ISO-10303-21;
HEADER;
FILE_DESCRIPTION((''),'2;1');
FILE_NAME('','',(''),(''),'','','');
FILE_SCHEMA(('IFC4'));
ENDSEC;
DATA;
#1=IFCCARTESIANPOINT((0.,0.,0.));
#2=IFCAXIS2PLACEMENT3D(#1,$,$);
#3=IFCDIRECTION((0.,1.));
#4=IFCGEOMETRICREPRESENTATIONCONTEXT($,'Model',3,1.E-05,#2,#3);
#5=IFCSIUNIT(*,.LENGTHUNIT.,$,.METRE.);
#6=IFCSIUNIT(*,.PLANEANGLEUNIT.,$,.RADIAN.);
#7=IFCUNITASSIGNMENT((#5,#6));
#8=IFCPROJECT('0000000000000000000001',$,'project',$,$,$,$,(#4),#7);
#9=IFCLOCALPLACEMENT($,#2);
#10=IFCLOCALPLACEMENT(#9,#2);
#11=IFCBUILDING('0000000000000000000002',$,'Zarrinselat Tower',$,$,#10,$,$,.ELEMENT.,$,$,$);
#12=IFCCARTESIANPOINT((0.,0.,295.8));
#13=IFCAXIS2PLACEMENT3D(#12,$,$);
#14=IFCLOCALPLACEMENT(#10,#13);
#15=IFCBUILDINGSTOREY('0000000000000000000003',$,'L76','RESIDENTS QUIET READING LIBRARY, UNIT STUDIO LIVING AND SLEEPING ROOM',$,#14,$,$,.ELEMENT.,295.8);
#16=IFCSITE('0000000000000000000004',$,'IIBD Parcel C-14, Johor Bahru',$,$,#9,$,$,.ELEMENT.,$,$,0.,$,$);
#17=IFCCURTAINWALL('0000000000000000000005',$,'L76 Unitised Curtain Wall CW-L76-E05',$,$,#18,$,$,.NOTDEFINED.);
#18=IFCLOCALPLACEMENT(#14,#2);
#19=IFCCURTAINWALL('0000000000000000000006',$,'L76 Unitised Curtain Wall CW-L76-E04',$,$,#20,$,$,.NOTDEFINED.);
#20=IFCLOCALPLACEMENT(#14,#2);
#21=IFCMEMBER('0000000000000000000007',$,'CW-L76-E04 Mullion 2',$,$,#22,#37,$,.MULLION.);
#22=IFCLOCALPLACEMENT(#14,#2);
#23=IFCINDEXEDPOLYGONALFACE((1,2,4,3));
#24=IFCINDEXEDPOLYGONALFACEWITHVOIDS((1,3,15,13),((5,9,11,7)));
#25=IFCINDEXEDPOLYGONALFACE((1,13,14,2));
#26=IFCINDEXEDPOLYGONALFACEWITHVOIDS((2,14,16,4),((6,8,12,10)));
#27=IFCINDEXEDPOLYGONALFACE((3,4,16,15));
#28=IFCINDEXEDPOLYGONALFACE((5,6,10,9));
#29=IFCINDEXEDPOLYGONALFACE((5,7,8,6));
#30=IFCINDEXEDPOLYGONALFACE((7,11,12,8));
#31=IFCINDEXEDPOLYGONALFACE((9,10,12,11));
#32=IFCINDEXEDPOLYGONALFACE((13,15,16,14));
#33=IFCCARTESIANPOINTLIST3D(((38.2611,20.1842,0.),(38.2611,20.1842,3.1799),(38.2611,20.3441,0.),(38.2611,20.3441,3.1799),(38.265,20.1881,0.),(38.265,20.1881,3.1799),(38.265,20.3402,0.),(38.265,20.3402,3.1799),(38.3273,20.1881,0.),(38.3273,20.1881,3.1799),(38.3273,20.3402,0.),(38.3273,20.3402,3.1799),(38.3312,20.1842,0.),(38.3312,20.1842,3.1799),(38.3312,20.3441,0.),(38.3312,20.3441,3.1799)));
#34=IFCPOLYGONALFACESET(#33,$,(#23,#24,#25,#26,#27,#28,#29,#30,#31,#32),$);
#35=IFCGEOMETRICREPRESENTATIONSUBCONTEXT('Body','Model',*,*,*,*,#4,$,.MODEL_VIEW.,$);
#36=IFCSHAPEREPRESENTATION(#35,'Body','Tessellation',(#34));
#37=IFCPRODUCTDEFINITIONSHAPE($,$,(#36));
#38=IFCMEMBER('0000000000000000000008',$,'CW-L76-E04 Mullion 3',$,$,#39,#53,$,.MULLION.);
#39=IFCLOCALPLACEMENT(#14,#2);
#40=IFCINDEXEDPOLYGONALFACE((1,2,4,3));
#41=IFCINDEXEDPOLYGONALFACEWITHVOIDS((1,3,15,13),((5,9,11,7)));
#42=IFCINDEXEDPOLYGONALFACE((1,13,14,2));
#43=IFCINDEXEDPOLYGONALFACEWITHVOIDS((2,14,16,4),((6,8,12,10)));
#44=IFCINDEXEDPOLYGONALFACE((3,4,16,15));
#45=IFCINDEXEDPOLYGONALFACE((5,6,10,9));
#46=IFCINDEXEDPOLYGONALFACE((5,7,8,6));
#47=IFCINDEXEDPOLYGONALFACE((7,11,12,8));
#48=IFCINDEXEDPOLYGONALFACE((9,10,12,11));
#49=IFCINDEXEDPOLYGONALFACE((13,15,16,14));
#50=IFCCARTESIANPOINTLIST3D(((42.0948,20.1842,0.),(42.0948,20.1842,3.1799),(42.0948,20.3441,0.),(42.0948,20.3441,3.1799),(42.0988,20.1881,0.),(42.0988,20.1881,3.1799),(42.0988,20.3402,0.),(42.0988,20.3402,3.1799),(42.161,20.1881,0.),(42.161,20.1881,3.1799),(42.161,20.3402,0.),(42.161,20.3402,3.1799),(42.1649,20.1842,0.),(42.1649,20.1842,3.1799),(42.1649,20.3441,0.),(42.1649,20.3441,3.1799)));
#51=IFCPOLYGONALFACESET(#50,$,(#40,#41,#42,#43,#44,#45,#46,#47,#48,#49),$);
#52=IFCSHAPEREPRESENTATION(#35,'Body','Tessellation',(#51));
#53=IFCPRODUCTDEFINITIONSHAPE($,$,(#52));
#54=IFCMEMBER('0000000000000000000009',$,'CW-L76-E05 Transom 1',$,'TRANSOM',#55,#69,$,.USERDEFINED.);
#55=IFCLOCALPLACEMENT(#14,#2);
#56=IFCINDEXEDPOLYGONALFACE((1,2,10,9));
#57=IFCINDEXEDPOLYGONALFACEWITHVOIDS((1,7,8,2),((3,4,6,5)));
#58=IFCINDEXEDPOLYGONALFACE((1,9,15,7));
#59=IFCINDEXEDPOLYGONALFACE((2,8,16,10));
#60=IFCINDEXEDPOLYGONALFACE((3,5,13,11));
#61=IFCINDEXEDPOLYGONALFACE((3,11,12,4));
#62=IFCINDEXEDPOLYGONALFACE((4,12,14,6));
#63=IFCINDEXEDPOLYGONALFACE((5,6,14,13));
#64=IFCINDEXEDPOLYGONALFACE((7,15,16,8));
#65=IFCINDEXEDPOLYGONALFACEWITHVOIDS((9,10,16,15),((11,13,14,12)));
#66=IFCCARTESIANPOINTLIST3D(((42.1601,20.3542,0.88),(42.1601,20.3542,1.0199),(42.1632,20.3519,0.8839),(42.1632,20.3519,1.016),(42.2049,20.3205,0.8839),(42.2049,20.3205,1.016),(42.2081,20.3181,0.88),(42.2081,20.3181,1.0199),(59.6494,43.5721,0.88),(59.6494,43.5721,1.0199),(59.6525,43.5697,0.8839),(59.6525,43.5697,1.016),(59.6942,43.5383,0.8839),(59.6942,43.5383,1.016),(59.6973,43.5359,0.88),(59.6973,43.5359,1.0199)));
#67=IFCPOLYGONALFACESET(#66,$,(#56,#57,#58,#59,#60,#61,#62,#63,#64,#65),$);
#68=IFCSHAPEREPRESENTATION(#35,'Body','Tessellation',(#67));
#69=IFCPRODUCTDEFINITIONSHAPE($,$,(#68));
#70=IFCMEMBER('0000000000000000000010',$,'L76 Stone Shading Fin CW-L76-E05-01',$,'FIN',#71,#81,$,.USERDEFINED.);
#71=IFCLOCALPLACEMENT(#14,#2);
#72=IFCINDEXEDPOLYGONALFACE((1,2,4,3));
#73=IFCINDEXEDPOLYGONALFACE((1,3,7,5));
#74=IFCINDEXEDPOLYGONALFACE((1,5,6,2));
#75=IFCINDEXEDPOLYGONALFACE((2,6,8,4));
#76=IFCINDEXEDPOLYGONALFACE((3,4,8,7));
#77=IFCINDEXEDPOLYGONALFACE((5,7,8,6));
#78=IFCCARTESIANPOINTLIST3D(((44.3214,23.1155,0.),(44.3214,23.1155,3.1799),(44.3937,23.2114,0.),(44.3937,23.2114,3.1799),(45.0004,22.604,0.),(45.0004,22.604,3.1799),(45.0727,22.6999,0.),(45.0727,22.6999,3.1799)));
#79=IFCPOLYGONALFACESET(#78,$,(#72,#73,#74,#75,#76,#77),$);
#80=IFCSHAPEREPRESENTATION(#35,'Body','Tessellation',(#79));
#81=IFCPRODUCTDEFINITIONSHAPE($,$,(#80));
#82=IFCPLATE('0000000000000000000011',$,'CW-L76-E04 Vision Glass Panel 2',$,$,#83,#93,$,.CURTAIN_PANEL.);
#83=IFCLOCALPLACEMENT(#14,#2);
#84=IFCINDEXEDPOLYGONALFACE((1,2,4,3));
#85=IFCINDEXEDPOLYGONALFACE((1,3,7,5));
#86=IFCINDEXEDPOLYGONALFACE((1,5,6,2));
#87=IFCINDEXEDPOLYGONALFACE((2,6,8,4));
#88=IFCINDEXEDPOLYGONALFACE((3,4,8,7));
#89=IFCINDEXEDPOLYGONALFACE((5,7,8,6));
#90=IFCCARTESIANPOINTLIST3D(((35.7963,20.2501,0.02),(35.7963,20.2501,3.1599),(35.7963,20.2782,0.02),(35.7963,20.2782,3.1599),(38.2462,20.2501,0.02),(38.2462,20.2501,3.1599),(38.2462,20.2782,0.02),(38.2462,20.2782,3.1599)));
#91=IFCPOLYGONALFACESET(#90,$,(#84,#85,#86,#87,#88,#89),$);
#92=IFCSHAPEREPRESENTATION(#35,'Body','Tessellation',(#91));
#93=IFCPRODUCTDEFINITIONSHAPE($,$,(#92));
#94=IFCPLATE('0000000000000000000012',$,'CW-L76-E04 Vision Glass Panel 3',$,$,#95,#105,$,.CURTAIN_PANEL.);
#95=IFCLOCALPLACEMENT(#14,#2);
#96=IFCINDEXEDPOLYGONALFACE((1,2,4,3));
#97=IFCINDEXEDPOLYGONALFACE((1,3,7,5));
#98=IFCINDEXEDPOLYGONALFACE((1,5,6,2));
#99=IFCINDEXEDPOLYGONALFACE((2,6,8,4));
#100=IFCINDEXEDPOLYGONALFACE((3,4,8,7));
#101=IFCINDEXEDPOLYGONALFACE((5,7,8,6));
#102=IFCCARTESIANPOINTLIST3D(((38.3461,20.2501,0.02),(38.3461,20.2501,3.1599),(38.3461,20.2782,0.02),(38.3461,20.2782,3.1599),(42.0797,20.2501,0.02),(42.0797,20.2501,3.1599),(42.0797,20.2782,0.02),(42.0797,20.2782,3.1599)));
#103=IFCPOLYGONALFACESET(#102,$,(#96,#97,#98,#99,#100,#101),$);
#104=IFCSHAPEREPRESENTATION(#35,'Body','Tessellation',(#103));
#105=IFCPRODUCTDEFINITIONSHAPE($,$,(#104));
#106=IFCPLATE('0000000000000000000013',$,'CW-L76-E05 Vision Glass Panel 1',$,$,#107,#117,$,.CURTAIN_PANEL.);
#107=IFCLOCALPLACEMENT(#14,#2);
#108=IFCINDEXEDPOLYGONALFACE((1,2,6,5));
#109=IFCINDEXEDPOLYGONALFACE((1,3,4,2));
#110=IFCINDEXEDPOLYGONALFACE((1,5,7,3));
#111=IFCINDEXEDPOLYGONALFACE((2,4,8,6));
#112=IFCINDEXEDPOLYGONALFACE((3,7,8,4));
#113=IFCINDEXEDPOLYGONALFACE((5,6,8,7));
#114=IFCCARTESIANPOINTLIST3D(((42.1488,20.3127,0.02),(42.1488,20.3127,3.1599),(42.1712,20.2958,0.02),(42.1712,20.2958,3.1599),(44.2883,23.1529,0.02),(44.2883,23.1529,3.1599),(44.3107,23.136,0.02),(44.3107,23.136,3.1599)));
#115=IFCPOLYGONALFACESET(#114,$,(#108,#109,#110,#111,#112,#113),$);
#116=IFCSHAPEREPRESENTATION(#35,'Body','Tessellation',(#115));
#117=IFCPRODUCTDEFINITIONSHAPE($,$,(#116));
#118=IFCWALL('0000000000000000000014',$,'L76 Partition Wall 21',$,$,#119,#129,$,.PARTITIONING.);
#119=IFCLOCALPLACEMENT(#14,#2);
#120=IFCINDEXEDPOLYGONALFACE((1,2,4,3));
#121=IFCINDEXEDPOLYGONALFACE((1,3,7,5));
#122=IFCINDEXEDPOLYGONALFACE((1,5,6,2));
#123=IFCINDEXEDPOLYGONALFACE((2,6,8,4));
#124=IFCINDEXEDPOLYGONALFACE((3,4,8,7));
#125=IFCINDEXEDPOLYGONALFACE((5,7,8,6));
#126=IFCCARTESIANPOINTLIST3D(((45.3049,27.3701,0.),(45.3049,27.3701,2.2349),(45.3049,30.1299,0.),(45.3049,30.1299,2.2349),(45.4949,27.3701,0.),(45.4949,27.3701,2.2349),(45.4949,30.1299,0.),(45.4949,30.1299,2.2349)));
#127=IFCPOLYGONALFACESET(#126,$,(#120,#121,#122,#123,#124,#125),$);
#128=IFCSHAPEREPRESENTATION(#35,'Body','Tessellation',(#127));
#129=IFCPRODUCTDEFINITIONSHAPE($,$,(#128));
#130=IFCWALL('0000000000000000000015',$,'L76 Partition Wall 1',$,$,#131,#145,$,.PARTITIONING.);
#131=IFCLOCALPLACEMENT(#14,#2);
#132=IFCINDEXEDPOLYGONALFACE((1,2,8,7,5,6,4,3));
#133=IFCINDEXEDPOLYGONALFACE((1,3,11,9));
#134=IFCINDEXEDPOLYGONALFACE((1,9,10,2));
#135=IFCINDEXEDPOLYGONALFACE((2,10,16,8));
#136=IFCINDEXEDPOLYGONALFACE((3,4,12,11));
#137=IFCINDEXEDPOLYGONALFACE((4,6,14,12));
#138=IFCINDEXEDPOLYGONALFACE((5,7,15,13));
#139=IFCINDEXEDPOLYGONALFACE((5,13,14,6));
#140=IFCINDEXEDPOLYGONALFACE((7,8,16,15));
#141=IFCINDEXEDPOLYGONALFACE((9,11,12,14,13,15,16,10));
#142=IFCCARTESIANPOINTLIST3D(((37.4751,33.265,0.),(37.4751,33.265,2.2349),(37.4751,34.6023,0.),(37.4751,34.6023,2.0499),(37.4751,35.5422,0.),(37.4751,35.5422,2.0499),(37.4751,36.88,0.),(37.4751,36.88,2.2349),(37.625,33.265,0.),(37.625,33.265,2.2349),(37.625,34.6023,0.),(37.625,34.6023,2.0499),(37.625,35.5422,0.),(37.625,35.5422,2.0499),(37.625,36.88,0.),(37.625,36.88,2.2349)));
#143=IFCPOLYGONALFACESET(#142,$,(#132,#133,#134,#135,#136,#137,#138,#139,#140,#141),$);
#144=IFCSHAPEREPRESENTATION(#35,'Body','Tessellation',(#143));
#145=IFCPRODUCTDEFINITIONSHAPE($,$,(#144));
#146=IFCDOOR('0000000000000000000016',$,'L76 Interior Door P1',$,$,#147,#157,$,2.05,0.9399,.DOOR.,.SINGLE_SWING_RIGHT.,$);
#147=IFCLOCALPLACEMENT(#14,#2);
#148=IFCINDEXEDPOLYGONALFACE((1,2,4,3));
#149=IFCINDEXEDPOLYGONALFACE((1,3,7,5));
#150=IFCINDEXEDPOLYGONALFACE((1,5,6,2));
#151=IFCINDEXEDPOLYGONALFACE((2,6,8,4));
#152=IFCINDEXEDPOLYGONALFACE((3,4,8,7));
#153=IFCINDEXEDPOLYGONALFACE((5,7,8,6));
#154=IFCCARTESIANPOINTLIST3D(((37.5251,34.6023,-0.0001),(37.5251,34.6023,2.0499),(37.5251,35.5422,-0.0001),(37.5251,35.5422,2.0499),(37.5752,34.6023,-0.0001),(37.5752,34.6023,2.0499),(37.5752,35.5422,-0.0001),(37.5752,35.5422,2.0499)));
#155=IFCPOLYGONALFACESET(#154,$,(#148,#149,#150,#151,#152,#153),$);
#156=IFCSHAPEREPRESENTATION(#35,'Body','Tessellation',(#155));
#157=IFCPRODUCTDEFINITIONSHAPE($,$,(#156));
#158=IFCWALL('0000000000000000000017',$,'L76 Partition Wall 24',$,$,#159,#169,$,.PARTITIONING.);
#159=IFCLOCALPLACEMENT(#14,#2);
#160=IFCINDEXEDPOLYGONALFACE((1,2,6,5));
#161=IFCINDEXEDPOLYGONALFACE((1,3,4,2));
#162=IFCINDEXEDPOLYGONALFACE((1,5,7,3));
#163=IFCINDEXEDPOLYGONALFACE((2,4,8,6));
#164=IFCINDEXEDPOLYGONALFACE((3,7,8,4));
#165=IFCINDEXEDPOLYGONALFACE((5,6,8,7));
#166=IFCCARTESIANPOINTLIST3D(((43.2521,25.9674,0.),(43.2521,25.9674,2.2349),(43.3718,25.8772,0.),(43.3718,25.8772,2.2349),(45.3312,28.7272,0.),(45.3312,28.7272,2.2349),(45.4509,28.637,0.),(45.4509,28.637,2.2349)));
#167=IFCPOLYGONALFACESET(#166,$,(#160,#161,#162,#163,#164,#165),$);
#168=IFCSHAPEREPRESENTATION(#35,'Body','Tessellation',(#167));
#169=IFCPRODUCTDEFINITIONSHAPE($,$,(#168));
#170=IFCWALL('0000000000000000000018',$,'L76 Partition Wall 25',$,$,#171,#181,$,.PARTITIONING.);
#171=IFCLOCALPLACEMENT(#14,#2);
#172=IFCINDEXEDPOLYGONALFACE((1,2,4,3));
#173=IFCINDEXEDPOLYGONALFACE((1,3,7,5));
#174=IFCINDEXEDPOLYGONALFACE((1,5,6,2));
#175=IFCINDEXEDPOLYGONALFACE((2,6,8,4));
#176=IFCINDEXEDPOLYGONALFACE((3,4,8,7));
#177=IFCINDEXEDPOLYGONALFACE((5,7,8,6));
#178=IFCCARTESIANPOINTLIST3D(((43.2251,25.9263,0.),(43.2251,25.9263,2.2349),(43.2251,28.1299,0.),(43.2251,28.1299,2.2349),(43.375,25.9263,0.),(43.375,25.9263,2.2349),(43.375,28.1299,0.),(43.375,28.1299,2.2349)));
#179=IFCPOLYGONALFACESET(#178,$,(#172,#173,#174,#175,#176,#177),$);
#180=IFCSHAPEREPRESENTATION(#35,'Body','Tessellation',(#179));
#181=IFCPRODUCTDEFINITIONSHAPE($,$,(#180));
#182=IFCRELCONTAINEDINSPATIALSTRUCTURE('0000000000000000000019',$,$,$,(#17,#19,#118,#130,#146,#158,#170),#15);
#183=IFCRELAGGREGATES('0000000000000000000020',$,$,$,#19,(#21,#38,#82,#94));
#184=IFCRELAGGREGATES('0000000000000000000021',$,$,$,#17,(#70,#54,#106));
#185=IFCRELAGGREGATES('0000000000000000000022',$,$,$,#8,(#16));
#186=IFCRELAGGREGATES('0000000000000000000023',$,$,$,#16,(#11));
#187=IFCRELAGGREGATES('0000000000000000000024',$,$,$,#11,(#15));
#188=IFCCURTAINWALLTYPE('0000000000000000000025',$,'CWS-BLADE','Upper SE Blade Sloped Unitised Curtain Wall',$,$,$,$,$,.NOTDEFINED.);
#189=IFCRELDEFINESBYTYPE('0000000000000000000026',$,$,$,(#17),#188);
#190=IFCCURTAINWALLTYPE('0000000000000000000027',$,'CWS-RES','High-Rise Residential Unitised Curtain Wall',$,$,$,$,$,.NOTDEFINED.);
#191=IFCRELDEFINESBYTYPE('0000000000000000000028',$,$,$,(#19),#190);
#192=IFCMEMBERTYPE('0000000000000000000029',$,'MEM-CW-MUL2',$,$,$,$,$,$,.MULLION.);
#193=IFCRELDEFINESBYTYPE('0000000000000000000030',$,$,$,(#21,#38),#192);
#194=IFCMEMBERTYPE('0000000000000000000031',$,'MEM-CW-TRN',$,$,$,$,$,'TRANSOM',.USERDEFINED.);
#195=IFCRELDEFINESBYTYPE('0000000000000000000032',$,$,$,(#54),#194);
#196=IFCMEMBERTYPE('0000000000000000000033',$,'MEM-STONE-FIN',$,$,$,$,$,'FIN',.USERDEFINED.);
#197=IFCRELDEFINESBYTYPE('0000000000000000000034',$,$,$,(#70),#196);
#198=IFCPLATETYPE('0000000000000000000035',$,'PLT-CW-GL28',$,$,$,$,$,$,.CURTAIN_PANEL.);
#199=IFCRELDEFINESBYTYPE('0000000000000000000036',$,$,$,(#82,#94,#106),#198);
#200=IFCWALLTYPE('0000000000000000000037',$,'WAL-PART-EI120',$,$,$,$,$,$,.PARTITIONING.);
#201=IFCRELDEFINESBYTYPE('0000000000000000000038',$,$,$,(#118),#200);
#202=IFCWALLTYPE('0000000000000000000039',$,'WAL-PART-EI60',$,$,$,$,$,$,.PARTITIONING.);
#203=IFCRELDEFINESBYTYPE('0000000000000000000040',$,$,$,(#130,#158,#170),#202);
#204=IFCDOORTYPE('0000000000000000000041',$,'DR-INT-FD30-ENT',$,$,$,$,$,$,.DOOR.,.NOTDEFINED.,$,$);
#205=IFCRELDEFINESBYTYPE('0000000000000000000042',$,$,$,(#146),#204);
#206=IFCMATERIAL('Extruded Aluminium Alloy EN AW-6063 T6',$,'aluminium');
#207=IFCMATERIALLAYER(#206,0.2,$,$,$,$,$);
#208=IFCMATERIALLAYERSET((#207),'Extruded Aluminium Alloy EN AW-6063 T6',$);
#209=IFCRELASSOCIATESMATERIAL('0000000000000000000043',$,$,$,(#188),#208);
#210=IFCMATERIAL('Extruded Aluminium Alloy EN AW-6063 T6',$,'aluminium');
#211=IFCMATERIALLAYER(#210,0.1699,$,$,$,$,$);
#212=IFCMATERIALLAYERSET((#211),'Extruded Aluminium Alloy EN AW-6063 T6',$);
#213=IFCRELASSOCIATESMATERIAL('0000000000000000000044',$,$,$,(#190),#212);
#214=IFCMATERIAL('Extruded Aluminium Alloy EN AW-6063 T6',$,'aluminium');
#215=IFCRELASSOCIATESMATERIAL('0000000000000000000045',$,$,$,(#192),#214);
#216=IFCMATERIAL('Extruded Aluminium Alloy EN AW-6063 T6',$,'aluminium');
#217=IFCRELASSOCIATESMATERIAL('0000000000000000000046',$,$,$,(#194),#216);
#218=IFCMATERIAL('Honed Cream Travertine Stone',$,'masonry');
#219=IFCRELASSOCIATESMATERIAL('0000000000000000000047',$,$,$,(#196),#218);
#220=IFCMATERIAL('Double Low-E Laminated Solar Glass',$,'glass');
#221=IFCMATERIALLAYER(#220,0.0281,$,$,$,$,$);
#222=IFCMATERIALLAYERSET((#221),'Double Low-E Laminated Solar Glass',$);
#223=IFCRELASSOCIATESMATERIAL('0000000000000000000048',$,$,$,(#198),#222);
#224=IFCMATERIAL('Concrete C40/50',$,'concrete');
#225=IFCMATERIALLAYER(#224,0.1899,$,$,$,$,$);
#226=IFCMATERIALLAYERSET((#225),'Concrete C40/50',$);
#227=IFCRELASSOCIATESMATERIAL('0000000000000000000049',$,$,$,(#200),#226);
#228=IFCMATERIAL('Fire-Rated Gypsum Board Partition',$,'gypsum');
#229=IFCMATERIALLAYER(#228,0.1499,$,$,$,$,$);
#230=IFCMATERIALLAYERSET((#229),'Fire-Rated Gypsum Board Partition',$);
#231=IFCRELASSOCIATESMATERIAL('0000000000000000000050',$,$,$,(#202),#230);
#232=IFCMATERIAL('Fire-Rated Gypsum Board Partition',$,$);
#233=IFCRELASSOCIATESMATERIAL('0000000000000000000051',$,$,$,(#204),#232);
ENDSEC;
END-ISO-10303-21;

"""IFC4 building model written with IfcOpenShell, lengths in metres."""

from ifc_helpers import new_model, si_unit, direction, frame, frame_2d, origin, origin_2d, place, context, subcontext, project, spatial, rectangle, hollow_rectangle, extrude, material, layer, layer_set, material_profile, profile_set, type_object, element, fill, aggregate, save


model = new_model("IFC4")

# Units and contexts
model_context = context("Model", 3, precision=1e-05, world=origin(), true_north=direction((0.0, 1.0)))
body_context = subcontext(model_context, "Body", "Model", "MODEL_VIEW")
ifc_project = project(units=[si_unit("LENGTHUNIT", "METRE"), si_unit("PLANEANGLEUNIT", "RADIAN")], contexts=[model_context])

# Site, building, storey
site_placement = place(None, origin())
site = spatial("IfcSite", under=ifc_project, at=site_placement, Name="IIBD Parcel C-14, Johor Bahru", CompositionType="ELEMENT", RefElevation=0.0)
building_placement = place(site_placement, origin())
building = spatial("IfcBuilding", under=site, at=building_placement, Name="Zarrinselat Tower", CompositionType="ELEMENT")
storey_placement = place(building_placement, frame((0.0, 0.0, 295.8)))
storey = spatial("IfcBuildingStorey", under=building, at=storey_placement, Name="L76", Description="RESIDENTS QUIET READING LIBRARY, UNIT STUDIO LIVING AND SLEEPING ROOM", CompositionType="ELEMENT", Elevation=295.8)

# Curtain wall
ifc_material_1 = material(Name="Extruded Aluminium Alloy EN AW-6063 T6", Category="aluminium")
ifc_layer_1 = layer(ifc_material_1, 0.2)
ifc_layer_set_1 = layer_set([ifc_layer_1], Name="Extruded Aluminium Alloy EN AW-6063 T6")
curtain_wall_type_1 = type_object("IfcCurtainWallType", Name="CWS-BLADE", Description="Upper SE Blade Sloped Unitised Curtain Wall", PredefinedType="NOTDEFINED", material=ifc_layer_set_1)
curtain_wall_1_placement = place(storey_placement, origin())
curtain_wall_1 = element("IfcCurtainWall", 1, at=curtain_wall_1_placement, inside=storey, type_object=curtain_wall_type_1, Name="L76 Unitised Curtain Wall CW-L76-E05", PredefinedType="NOTDEFINED")

# Curtain wall, members
ifc_material_2 = material(Name="Extruded Aluminium Alloy EN AW-6063 T6", Category="aluminium")
ifc_layer_2 = layer(ifc_material_2, 0.1699)
ifc_layer_set_2 = layer_set([ifc_layer_2], Name="Extruded Aluminium Alloy EN AW-6063 T6")
curtain_wall_type_2 = type_object("IfcCurtainWallType", Name="CWS-RES", Description="High-Rise Residential Unitised Curtain Wall", PredefinedType="NOTDEFINED", material=ifc_layer_set_2)
curtain_wall_2_placement = place(storey_placement, origin())
curtain_wall_2 = element("IfcCurtainWall", 2, at=curtain_wall_2_placement, inside=storey, type_object=curtain_wall_type_2, Name="L76 Unitised Curtain Wall CW-L76-E04", PredefinedType="NOTDEFINED")
ifc_material_3 = material(Name="Extruded Aluminium Alloy EN AW-6063 T6", Category="aluminium")
ifc_material_profile_1 = material_profile(ifc_material_3, hollow_rectangle(XDim=0.0701, YDim=0.1599, WallThickness=0.0039, at=origin_2d()), Name="RHS 160x70x4")
ifc_profile_set_1 = profile_set([ifc_material_profile_1], Name="Extruded Aluminium Alloy EN AW-6063 T6")
member_type_1 = type_object("IfcMemberType", Name="MEM-CW-MUL2", PredefinedType="MULLION", material=ifc_profile_set_1)
member_1_placement = place(storey_placement, frame((38.2961, 20.2642, 0.0), z_axis=(0.0, 0.0, 1.0), x_axis=(1.0, 0.0, 0.0)))
member_1 = element("IfcMember", 3, at=member_1_placement, type_object=member_type_1, Name="CW-L76-E04 Mullion 2", PredefinedType="MULLION", context=body_context, shape_type="SweptSolid", body=[
    extrude(hollow_rectangle(XDim=0.0701, YDim=0.1599, WallThickness=0.0039, at=origin_2d()), origin(), (0.0, 0.0, 1.0), 3.1799),
])
member_2_placement = place(storey_placement, frame((42.1299, 20.2642, 0.0), z_axis=(0.0, 0.0, 1.0), x_axis=(1.0, 0.0, 0.0)))
member_2 = element("IfcMember", 4, at=member_2_placement, type_object=member_type_1, Name="CW-L76-E04 Mullion 3", PredefinedType="MULLION", context=body_context, shape_type="SweptSolid", body=[
    extrude(hollow_rectangle(XDim=0.0701, YDim=0.1599, WallThickness=0.0039, at=origin_2d()), origin(), (0.0, 0.0, 1.0), 3.1799),
])

# Members
ifc_material_4 = material(Name="Extruded Aluminium Alloy EN AW-6063 T6", Category="aluminium")
ifc_material_profile_2 = material_profile(ifc_material_4, hollow_rectangle(XDim=0.0601, YDim=0.1399, WallThickness=0.0039, at=origin_2d()), Name="RHS 140x60x4")
ifc_profile_set_2 = profile_set([ifc_material_profile_2], Name="Extruded Aluminium Alloy EN AW-6063 T6")
member_type_2 = type_object("IfcMemberType", Name="MEM-CW-TRN", ElementType="TRANSOM", PredefinedType="USERDEFINED", material=ifc_profile_set_2)
member_3_placement = place(storey_placement, frame((42.1841, 20.3362, 0.95), z_axis=(0.60167, 0.798744, 0.0), x_axis=(-0.798744, 0.60167, 0.0)))
member_3 = element("IfcMember", 5, at=member_3_placement, type_object=member_type_2, Name="CW-L76-E05 Transom 1", ObjectType="TRANSOM", PredefinedType="USERDEFINED", context=body_context, shape_type="SweptSolid", body=[
    extrude(hollow_rectangle(XDim=0.0601, YDim=0.1399, WallThickness=0.0039, at=origin_2d()), origin(), (0.0, 0.0, 1.0), 29.0679),
])
ifc_material_5 = material(Name="Honed Cream Travertine Stone", Category="masonry")
ifc_material_profile_3 = material_profile(ifc_material_5, rectangle(XDim=0.1201, YDim=0.8501, at=origin_2d()), Name="FIN 850x120")
ifc_profile_set_3 = profile_set([ifc_material_profile_3], Name="Honed Cream Travertine Stone")
member_type_3 = type_object("IfcMemberType", Name="MEM-STONE-FIN", ElementType="FIN", PredefinedType="USERDEFINED", material=ifc_profile_set_3)
member_4_placement = place(storey_placement, frame((44.697, 22.9077, 0.0), z_axis=(0.0, 0.0, 1.0), x_axis=(-0.601673, -0.798743, 0.0)))
member_4 = element("IfcMember", 6, at=member_4_placement, type_object=member_type_3, Name="L76 Stone Shading Fin CW-L76-E05-01", ObjectType="FIN", PredefinedType="USERDEFINED", context=body_context, shape_type="SweptSolid", body=[
    extrude(rectangle(XDim=0.1201, YDim=0.8501, at=origin_2d()), origin(), (0.0, 0.0, 1.0), 3.1799),
])

# Plates
ifc_material_6 = material(Name="Double Low-E Laminated Solar Glass", Category="glass")
ifc_layer_3 = layer(ifc_material_6, 0.0281)
ifc_layer_set_3 = layer_set([ifc_layer_3], Name="Double Low-E Laminated Solar Glass")
plate_type = type_object("IfcPlateType", Name="PLT-CW-GL28", PredefinedType="CURTAIN_PANEL", material=ifc_layer_set_3)
plate_1_placement = place(storey_placement, frame((37.0212, 20.2642, 0.02), z_axis=(0.0, 0.0, 1.0), x_axis=(1.0, 0.0, 0.0)))
plate_1 = element("IfcPlate", 7, at=plate_1_placement, type_object=plate_type, Name="CW-L76-E04 Vision Glass Panel 2", PredefinedType="CURTAIN_PANEL", context=body_context, shape_type="SweptSolid", body=[
    extrude(rectangle(XDim=2.45, YDim=0.0281, at=origin_2d()), origin(), (0.0, 0.0, 1.0), 3.1399),
])
plate_2_placement = place(storey_placement, frame((40.2129, 20.2642, 0.02), z_axis=(0.0, 0.0, 1.0), x_axis=(1.0, 0.0, 0.0)))
plate_2 = element("IfcPlate", 8, at=plate_2_placement, type_object=plate_type, Name="CW-L76-E04 Vision Glass Panel 3", PredefinedType="CURTAIN_PANEL", context=body_context, shape_type="SweptSolid", body=[
    extrude(rectangle(XDim=3.7336, YDim=0.0281, at=origin_2d()), origin(), (0.0, 0.0, 1.0), 3.1399),
])
aggregate(curtain_wall_2, [member_1, member_2, plate_1, plate_2])
plate_3_placement = place(storey_placement, frame((43.2297, 21.7244, 0.02), z_axis=(0.0, 0.0, 1.0), x_axis=(0.601673, 0.798743, 0.0)))
plate_3 = element("IfcPlate", 9, at=plate_3_placement, type_object=plate_type, Name="CW-L76-E05 Vision Glass Panel 1", PredefinedType="CURTAIN_PANEL", context=body_context, shape_type="SweptSolid", body=[
    extrude(rectangle(XDim=3.5559, YDim=0.0281, at=origin_2d()), origin(), (0.0, 0.0, 1.0), 3.1399),
])
aggregate(curtain_wall_1, [member_4, member_3, plate_3])

# Wall
ifc_material_7 = material(Name="Concrete C40/50", Category="concrete")
ifc_layer_4 = layer(ifc_material_7, 0.1899)
ifc_layer_set_4 = layer_set([ifc_layer_4], Name="Concrete C40/50")
wall_type_1 = type_object("IfcWallType", Name="WAL-PART-EI120", PredefinedType="PARTITIONING", material=ifc_layer_set_4)
wall_1_placement = place(storey_placement, frame((45.3999, 27.3701, 0.0), z_axis=(0.0, 0.0, 1.0), x_axis=(0.0, 1.0, 0.0)))
element("IfcWall", 10, at=wall_1_placement, inside=storey, type_object=wall_type_1, Name="L76 Partition Wall 21", PredefinedType="PARTITIONING", context=body_context, shape_type="SweptSolid", body=[
    extrude(rectangle(XDim=2.7598, YDim=0.1899, at=frame_2d((1.3799, 0.0))), origin(), (0.0, 0.0, 1.0), 2.2349),
])

# Wall, opening, door
ifc_material_8 = material(Name="Fire-Rated Gypsum Board Partition", Category="gypsum")
ifc_layer_5 = layer(ifc_material_8, 0.1499)
ifc_layer_set_5 = layer_set([ifc_layer_5], Name="Fire-Rated Gypsum Board Partition")
wall_type_2 = type_object("IfcWallType", Name="WAL-PART-EI60", PredefinedType="PARTITIONING", material=ifc_layer_set_5)
wall_2_placement = place(storey_placement, frame((37.55, 33.2649, 0.0), z_axis=(0.0, 0.0, 1.0), x_axis=(0.0, 1.0, 0.0)))
wall_2 = element("IfcWall", 11, at=wall_2_placement, inside=storey, type_object=wall_type_2, Name="L76 Partition Wall 1", PredefinedType="PARTITIONING", context=body_context, shape_type="SweptSolid", body=[
    extrude(rectangle(XDim=3.615, YDim=0.1499, at=frame_2d((1.8076, 0.0))), origin(), (0.0, 0.0, 1.0), 2.2349),
])
opening_placement = place(wall_2_placement, frame((1.3374, 0.0, 0.0)))
opening = element("IfcOpeningElement", 12, at=opening_placement, cuts=wall_2, PredefinedType="OPENING", context=body_context, shape_type="SweptSolid", body=[
    extrude(rectangle(XDim=0.9399, YDim=2.05, at=frame_2d((0.47, 1.0249))), frame((0.0, 0.085, 0.0), z_axis=(0.0, -1.0, 0.0), x_axis=(1.0, 0.0, 0.0)), (0.0, 0.0, 1.0), 0.1699),
])
ifc_material_9 = material(Name="Fire-Rated Gypsum Board Partition")
door_type = type_object("IfcDoorType", Name="DR-INT-FD30-ENT", OperationType="NOTDEFINED", PredefinedType="DOOR", material=ifc_material_9)
door_placement = place(opening_placement, origin())
door = element("IfcDoor", 13, at=door_placement, inside=storey, type_object=door_type, Name="L76 Interior Door P1", OperationType="SINGLE_SWING_RIGHT", OverallHeight=2.05, OverallWidth=0.9399, PredefinedType="DOOR", context=body_context, shape_type="SweptSolid", body=[
    extrude(rectangle(XDim=0.9399, YDim=2.05, at=frame_2d((0.47, 1.0249))), frame((0.0, 0.0249, 0.0), z_axis=(0.0, -1.0, 0.0), x_axis=(1.0, 0.0, 0.0)), (0.0, 0.0, 1.0), 0.05),
])
fill(opening, door)

# Walls
wall_3_placement = place(storey_placement, frame((43.312, 25.9224, 0.0), z_axis=(0.0, 0.0, 1.0), x_axis=(0.601717, 0.798709, 0.0)))
element("IfcWall", 14, at=wall_3_placement, inside=storey, type_object=wall_type_2, Name="L76 Partition Wall 24", PredefinedType="PARTITIONING", context=body_context, shape_type="SweptSolid", body=[
    extrude(rectangle(XDim=3.4553, YDim=0.1499, at=frame_2d((1.7275, 0.0))), origin(), (0.0, 0.0, 1.0), 2.2349),
])
wall_4_placement = place(storey_placement, frame((43.3, 25.9263, 0.0), z_axis=(0.0, 0.0, 1.0), x_axis=(0.0, 1.0, 0.0)))
element("IfcWall", 15, at=wall_4_placement, inside=storey, type_object=wall_type_2, Name="L76 Partition Wall 25", PredefinedType="PARTITIONING", context=body_context, shape_type="SweptSolid", body=[
    extrude(rectangle(XDim=2.2036, YDim=0.1499, at=frame_2d((1.1018, 0.0))), origin(), (0.0, 0.0, 1.0), 2.2349),
])

save(model, "model.ifc")
